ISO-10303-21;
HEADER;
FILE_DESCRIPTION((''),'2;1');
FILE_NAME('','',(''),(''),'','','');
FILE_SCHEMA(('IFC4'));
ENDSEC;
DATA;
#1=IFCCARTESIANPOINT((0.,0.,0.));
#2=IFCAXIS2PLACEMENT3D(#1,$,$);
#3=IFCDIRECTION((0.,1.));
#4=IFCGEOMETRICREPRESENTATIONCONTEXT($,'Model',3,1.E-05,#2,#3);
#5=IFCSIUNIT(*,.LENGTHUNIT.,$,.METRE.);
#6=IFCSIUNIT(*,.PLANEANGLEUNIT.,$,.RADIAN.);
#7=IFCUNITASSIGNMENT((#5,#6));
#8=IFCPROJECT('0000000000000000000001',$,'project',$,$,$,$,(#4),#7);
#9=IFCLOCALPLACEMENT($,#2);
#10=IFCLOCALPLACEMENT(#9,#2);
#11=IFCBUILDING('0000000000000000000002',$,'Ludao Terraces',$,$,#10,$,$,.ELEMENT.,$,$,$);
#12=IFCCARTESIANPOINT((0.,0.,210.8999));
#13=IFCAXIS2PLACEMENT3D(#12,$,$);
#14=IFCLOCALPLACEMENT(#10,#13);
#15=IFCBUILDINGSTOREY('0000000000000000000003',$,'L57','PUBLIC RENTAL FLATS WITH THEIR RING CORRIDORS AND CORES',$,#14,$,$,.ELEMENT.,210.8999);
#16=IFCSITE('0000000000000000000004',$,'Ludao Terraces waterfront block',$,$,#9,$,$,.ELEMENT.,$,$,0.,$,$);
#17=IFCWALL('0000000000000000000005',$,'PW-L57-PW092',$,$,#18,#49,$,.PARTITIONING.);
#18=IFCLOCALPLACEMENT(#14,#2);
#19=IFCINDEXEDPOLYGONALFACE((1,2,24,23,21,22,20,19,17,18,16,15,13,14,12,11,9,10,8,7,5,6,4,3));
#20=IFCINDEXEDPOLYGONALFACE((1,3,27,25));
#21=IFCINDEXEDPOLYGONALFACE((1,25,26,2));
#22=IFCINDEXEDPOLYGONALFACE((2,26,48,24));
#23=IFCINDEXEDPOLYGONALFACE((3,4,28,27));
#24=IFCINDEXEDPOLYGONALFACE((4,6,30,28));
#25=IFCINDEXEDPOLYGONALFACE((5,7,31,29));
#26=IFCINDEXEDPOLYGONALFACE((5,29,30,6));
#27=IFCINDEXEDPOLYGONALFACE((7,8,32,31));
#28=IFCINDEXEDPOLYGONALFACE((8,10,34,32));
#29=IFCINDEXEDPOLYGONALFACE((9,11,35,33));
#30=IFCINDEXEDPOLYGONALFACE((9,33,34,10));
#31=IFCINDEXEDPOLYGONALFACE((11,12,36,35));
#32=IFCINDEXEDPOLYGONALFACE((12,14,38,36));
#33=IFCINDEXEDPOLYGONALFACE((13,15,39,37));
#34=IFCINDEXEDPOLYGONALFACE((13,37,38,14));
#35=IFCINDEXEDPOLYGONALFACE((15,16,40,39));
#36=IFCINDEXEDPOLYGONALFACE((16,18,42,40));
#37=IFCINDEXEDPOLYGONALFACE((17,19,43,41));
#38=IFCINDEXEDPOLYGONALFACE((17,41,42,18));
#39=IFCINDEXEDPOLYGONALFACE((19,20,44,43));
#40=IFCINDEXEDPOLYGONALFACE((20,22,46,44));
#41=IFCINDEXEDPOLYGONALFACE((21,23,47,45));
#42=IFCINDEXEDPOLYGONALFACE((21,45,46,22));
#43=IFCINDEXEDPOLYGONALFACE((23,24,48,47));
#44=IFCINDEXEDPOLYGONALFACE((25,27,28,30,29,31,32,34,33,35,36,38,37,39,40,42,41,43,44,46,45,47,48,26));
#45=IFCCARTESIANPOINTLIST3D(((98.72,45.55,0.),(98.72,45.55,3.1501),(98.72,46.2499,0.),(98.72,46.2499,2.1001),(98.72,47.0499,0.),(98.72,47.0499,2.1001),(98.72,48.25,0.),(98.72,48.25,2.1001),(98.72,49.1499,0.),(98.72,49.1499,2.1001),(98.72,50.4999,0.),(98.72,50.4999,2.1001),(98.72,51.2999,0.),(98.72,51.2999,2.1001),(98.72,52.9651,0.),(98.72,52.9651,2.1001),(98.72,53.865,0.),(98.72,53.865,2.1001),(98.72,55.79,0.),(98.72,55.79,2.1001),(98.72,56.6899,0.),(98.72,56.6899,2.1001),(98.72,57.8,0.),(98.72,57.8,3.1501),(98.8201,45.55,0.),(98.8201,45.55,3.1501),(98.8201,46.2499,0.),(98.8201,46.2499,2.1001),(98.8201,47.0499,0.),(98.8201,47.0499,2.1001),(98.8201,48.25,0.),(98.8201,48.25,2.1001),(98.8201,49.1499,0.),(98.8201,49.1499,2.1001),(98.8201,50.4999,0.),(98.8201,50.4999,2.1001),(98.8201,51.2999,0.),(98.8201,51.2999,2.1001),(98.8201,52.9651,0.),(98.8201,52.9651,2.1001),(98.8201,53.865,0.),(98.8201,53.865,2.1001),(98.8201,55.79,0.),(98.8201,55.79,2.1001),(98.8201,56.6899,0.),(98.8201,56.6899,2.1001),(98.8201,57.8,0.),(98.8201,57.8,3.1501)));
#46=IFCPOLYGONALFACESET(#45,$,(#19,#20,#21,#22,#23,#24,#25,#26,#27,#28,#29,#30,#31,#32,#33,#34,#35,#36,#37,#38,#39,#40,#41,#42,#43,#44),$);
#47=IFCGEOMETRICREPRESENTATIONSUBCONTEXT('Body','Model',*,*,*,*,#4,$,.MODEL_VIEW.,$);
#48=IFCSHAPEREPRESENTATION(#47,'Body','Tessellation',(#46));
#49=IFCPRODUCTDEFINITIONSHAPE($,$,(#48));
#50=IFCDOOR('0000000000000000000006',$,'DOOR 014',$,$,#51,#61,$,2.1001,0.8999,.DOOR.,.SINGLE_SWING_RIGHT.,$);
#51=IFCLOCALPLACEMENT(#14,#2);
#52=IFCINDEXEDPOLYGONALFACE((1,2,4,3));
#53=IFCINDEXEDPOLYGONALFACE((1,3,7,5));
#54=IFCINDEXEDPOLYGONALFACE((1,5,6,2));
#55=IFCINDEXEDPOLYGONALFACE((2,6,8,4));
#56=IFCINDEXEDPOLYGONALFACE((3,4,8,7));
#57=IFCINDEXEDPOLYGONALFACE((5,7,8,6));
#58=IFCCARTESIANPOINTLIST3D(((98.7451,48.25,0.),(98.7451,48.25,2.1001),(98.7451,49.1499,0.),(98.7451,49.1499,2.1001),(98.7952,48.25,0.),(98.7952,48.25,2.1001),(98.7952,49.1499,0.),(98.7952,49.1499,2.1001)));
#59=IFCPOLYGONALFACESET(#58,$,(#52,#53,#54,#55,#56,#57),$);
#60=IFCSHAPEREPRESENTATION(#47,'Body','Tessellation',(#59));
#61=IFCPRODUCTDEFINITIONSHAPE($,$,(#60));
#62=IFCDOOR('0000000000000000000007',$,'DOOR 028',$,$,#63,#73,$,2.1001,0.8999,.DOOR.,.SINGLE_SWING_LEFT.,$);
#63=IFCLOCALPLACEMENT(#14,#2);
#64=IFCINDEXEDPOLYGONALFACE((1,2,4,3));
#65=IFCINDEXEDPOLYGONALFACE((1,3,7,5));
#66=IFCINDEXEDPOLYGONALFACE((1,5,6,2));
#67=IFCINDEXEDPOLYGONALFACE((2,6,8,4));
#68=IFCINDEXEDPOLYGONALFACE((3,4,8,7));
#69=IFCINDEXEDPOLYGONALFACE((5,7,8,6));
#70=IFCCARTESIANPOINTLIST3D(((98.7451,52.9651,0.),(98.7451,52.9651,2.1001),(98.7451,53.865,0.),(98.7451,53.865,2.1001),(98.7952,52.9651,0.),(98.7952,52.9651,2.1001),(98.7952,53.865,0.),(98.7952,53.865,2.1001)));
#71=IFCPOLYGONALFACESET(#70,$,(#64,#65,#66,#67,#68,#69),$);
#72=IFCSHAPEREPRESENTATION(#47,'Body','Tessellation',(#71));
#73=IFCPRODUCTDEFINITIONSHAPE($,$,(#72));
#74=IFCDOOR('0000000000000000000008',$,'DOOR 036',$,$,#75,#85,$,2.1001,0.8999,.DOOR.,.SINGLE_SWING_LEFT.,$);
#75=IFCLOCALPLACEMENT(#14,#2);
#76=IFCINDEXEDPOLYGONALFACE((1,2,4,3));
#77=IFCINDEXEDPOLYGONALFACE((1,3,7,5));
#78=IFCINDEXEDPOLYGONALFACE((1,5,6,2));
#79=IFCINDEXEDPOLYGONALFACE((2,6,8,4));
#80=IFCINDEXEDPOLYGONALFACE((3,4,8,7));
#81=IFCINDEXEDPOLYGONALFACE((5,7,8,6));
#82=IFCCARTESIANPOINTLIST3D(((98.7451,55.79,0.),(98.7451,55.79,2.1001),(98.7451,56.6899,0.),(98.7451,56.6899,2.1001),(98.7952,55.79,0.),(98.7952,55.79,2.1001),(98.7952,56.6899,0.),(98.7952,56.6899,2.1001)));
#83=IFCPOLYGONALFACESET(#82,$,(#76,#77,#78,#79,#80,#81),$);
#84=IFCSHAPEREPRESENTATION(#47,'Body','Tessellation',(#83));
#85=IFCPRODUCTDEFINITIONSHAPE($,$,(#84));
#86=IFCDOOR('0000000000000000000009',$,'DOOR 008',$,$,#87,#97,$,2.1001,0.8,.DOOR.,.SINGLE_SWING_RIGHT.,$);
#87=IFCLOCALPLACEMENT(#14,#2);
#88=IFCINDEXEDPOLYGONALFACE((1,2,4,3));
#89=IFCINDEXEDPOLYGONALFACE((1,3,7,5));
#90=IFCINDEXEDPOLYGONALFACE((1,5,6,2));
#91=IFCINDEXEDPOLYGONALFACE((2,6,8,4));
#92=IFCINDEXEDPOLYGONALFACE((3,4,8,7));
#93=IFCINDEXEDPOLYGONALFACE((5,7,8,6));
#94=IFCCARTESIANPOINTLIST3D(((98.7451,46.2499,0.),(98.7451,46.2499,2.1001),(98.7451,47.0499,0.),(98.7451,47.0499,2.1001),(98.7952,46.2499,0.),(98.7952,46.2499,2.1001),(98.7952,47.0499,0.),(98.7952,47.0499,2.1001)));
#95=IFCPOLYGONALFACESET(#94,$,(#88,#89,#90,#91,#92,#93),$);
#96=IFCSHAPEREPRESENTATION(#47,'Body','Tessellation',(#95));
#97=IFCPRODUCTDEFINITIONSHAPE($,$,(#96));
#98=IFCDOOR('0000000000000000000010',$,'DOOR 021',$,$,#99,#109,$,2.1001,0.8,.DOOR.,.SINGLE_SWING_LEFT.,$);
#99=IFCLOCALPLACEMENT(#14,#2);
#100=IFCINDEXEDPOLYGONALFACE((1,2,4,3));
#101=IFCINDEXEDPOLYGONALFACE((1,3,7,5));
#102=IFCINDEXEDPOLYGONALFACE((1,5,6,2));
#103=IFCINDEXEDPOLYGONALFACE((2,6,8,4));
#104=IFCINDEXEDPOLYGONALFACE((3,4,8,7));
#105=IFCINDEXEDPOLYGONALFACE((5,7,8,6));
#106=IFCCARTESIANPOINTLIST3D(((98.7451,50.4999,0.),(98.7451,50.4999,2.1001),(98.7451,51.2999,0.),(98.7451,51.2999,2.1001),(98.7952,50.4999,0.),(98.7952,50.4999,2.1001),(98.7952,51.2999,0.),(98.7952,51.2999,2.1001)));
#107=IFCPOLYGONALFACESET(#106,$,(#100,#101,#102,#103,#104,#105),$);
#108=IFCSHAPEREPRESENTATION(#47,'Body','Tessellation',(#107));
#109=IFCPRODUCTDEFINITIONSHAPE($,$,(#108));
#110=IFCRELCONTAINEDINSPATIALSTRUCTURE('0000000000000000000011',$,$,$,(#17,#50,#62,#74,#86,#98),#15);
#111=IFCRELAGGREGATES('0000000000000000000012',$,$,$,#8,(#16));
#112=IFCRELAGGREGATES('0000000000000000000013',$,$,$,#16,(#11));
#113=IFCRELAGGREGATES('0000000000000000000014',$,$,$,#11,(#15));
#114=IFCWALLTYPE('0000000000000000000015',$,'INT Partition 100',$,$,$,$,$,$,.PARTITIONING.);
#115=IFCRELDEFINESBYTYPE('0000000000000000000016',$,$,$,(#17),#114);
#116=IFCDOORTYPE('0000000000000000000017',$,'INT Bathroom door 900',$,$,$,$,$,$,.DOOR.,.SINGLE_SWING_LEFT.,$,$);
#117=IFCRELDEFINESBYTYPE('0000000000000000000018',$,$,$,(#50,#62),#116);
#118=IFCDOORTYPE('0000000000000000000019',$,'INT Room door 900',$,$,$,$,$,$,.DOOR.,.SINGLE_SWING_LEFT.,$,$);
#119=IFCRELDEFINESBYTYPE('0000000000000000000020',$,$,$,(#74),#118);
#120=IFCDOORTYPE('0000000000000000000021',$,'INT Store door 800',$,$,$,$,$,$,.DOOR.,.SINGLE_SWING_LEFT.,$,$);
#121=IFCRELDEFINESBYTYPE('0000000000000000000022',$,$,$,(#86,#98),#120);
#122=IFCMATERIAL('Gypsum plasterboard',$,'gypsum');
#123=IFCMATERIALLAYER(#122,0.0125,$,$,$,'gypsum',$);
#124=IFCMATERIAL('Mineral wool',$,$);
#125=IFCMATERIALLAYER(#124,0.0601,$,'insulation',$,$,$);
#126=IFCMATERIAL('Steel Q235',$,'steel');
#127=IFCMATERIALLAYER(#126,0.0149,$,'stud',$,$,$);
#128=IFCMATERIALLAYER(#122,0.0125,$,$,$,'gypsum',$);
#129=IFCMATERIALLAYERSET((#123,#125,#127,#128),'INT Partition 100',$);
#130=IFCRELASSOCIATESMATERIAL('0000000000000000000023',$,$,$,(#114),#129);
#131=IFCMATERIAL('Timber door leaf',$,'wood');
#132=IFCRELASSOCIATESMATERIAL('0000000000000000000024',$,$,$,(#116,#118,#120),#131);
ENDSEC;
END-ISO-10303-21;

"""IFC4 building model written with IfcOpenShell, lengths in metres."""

from ifc_helpers import new_model, si_unit, direction, frame, frame_2d, origin, place, context, subcontext, project, spatial, rectangle, extrude, material, layer, layer_set, type_object, element, fill, save


model = new_model("IFC4")

# Units and contexts
model_context = context("Model", 3, precision=1e-05, world=origin(), true_north=direction((0.0, 1.0)))
body_context = subcontext(model_context, "Body", "Model", "MODEL_VIEW")
ifc_project = project(units=[si_unit("LENGTHUNIT", "METRE"), si_unit("PLANEANGLEUNIT", "RADIAN")], contexts=[model_context])

# Site, building, storey
site_placement = place(None, origin())
site = spatial("IfcSite", under=ifc_project, at=site_placement, Name="Ludao Terraces waterfront block", CompositionType="ELEMENT", RefElevation=0.0)
building_placement = place(site_placement, origin())
building = spatial("IfcBuilding", under=site, at=building_placement, Name="Ludao Terraces", CompositionType="ELEMENT")
storey_placement = place(building_placement, frame((0.0, 0.0, 210.8999)))
storey = spatial("IfcBuildingStorey", under=building, at=storey_placement, Name="L57", Description="PUBLIC RENTAL FLATS WITH THEIR RING CORRIDORS AND CORES", CompositionType="ELEMENT", Elevation=210.8999)

# Shared definitions
ifc_material_1 = material(Name="Steel Q235", Category="steel")

# Shared definitions
ifc_material_2 = material(Name="Gypsum plasterboard", Category="gypsum")
ifc_layer_1 = layer(ifc_material_2, 0.0125, Category="gypsum")
ifc_material_3 = material(Name="Mineral wool")
ifc_layer_2 = layer(ifc_material_3, 0.0601, Name="insulation")
ifc_layer_3 = layer(ifc_material_1, 0.0149, Name="stud")
ifc_layer_4 = layer(ifc_material_2, 0.0125, Category="gypsum")
ifc_layer_set_1 = layer_set([ifc_layer_1, ifc_layer_2, ifc_layer_3, ifc_layer_4], Name="INT Partition 100")
wall_type_1 = type_object("IfcWallType", Name="INT Partition 100", PredefinedType="PARTITIONING", material=ifc_layer_set_1)

# Wall, openings, doors
wall_1_placement = place(storey_placement, frame((98.77, 45.55, 0.0), z_axis=(0.0, 0.0, 1.0), x_axis=(0.0, 1.0, 0.0)))
wall_1 = element("IfcWall", 1, at=wall_1_placement, inside=storey, type_object=wall_type_1, Name="PW-L57-PW092", PredefinedType="PARTITIONING", context=body_context, shape_type="SweptSolid", body=[
    extrude(rectangle(XDim=12.25, YDim=0.1001, at=frame_2d((6.125, 0.0))), origin(), (0.0, 0.0, 1.0), 3.1501),
])
opening_1_placement = place(wall_1_placement, frame((0.7, 0.0, 0.0)))
opening_1 = element("IfcOpeningElement", 2, at=opening_1_placement, cuts=wall_1, PredefinedType="OPENING", context=body_context, shape_type="SweptSolid", body=[
    extrude(rectangle(XDim=0.8, YDim=2.1001, at=frame_2d((0.3999, 1.05))), frame((0.0, 0.0601, 0.0), z_axis=(0.0, -1.0, 0.0), x_axis=(1.0, 0.0, 0.0)), (0.0, 0.0, 1.0), 0.1201),
])
opening_2_placement = place(wall_1_placement, frame((2.7, 0.0, 0.0)))
opening_2 = element("IfcOpeningElement", 3, at=opening_2_placement, cuts=wall_1, PredefinedType="OPENING", context=body_context, shape_type="SweptSolid", body=[
    extrude(rectangle(XDim=0.8999, YDim=2.1001, at=frame_2d((0.45, 1.05))), frame((0.0, 0.0601, 0.0), z_axis=(0.0, -1.0, 0.0), x_axis=(1.0, 0.0, 0.0)), (0.0, 0.0, 1.0), 0.1201),
])
opening_3_placement = place(wall_1_placement, frame((4.95, 0.0, 0.0)))
opening_3 = element("IfcOpeningElement", 4, at=opening_3_placement, cuts=wall_1, PredefinedType="OPENING", context=body_context, shape_type="SweptSolid", body=[
    extrude(rectangle(XDim=0.8, YDim=2.1001, at=frame_2d((0.3999, 1.05))), frame((0.0, 0.0601, 0.0), z_axis=(0.0, -1.0, 0.0), x_axis=(1.0, 0.0, 0.0)), (0.0, 0.0, 1.0), 0.1201),
])
opening_4_placement = place(wall_1_placement, frame((7.415, 0.0, 0.0)))
opening_4 = element("IfcOpeningElement", 5, at=opening_4_placement, cuts=wall_1, PredefinedType="OPENING", context=body_context, shape_type="SweptSolid", body=[
    extrude(rectangle(XDim=0.8999, YDim=2.1001, at=frame_2d((0.45, 1.05))), frame((0.0, 0.0601, 0.0), z_axis=(0.0, -1.0, 0.0), x_axis=(1.0, 0.0, 0.0)), (0.0, 0.0, 1.0), 0.1201),
])
opening_5_placement = place(wall_1_placement, frame((10.24, 0.0, 0.0)))
opening_5 = element("IfcOpeningElement", 6, at=opening_5_placement, cuts=wall_1, PredefinedType="OPENING", context=body_context, shape_type="SweptSolid", body=[
    extrude(rectangle(XDim=0.8999, YDim=2.1001, at=frame_2d((0.45, 1.05))), frame((0.0, 0.0601, 0.0), z_axis=(0.0, -1.0, 0.0), x_axis=(1.0, 0.0, 0.0)), (0.0, 0.0, 1.0), 0.1201),
])
ifc_material_4 = material(Name="Timber door leaf", Category="wood")
door_type_1 = type_object("IfcDoorType", Name="INT Bathroom door 900", OperationType="SINGLE_SWING_LEFT", PredefinedType="DOOR", material=ifc_material_4)
door_1_placement = place(opening_2_placement, origin())
door_1 = element("IfcDoor", 7, at=door_1_placement, inside=storey, type_object=door_type_1, Name="DOOR 014", OperationType="SINGLE_SWING_RIGHT", OverallHeight=2.1001, OverallWidth=0.8999, PredefinedType="DOOR", context=body_context, shape_type="SweptSolid", body=[
    extrude(rectangle(XDim=0.8999, YDim=2.1001, at=frame_2d((0.45, 1.05))), frame((0.0, 0.0249, 0.0), z_axis=(0.0, -1.0, 0.0), x_axis=(1.0, 0.0, 0.0)), (0.0, 0.0, 1.0), 0.05),
])
fill(opening_2, door_1)
door_2_placement = place(opening_4_placement, origin())
door_2 = element("IfcDoor", 8, at=door_2_placement, inside=storey, type_object=door_type_1, Name="DOOR 028", OperationType="SINGLE_SWING_LEFT", OverallHeight=2.1001, OverallWidth=0.8999, PredefinedType="DOOR", context=body_context, shape_type="SweptSolid", body=[
    extrude(rectangle(XDim=0.8999, YDim=2.1001, at=frame_2d((0.45, 1.05))), frame((0.0, 0.0249, 0.0), z_axis=(0.0, -1.0, 0.0), x_axis=(1.0, 0.0, 0.0)), (0.0, 0.0, 1.0), 0.05),
])
fill(opening_4, door_2)
door_type_2 = type_object("IfcDoorType", Name="INT Room door 900", OperationType="SINGLE_SWING_LEFT", PredefinedType="DOOR", material=ifc_material_4)
door_3_placement = place(opening_5_placement, origin())
door_3 = element("IfcDoor", 9, at=door_3_placement, inside=storey, type_object=door_type_2, Name="DOOR 036", OperationType="SINGLE_SWING_LEFT", OverallHeight=2.1001, OverallWidth=0.8999, PredefinedType="DOOR", context=body_context, shape_type="SweptSolid", body=[
    extrude(rectangle(XDim=0.8999, YDim=2.1001, at=frame_2d((0.45, 1.05))), frame((0.0, 0.0249, 0.0), z_axis=(0.0, -1.0, 0.0), x_axis=(1.0, 0.0, 0.0)), (0.0, 0.0, 1.0), 0.05),
])
fill(opening_5, door_3)
door_type_3 = type_object("IfcDoorType", Name="INT Store door 800", OperationType="SINGLE_SWING_LEFT", PredefinedType="DOOR", material=ifc_material_4)
door_4_placement = place(opening_1_placement, origin())
door_4 = element("IfcDoor", 10, at=door_4_placement, inside=storey, type_object=door_type_3, Name="DOOR 008", OperationType="SINGLE_SWING_RIGHT", OverallHeight=2.1001, OverallWidth=0.8, PredefinedType="DOOR", context=body_context, shape_type="SweptSolid", body=[
    extrude(rectangle(XDim=0.8, YDim=2.1001, at=frame_2d((0.3999, 1.05))), frame((0.0, 0.0249, 0.0), z_axis=(0.0, -1.0, 0.0), x_axis=(1.0, 0.0, 0.0)), (0.0, 0.0, 1.0), 0.05),
])
fill(opening_1, door_4)
door_5_placement = place(opening_3_placement, origin())
door_5 = element("IfcDoor", 11, at=door_5_placement, inside=storey, type_object=door_type_3, Name="DOOR 021", OperationType="SINGLE_SWING_LEFT", OverallHeight=2.1001, OverallWidth=0.8, PredefinedType="DOOR", context=body_context, shape_type="SweptSolid", body=[
    extrude(rectangle(XDim=0.8, YDim=2.1001, at=frame_2d((0.3999, 1.05))), frame((0.0, 0.0249, 0.0), z_axis=(0.0, -1.0, 0.0), x_axis=(1.0, 0.0, 0.0)), (0.0, 0.0, 1.0), 0.05),
])
fill(opening_3, door_5)

save(model, "model.ifc")
